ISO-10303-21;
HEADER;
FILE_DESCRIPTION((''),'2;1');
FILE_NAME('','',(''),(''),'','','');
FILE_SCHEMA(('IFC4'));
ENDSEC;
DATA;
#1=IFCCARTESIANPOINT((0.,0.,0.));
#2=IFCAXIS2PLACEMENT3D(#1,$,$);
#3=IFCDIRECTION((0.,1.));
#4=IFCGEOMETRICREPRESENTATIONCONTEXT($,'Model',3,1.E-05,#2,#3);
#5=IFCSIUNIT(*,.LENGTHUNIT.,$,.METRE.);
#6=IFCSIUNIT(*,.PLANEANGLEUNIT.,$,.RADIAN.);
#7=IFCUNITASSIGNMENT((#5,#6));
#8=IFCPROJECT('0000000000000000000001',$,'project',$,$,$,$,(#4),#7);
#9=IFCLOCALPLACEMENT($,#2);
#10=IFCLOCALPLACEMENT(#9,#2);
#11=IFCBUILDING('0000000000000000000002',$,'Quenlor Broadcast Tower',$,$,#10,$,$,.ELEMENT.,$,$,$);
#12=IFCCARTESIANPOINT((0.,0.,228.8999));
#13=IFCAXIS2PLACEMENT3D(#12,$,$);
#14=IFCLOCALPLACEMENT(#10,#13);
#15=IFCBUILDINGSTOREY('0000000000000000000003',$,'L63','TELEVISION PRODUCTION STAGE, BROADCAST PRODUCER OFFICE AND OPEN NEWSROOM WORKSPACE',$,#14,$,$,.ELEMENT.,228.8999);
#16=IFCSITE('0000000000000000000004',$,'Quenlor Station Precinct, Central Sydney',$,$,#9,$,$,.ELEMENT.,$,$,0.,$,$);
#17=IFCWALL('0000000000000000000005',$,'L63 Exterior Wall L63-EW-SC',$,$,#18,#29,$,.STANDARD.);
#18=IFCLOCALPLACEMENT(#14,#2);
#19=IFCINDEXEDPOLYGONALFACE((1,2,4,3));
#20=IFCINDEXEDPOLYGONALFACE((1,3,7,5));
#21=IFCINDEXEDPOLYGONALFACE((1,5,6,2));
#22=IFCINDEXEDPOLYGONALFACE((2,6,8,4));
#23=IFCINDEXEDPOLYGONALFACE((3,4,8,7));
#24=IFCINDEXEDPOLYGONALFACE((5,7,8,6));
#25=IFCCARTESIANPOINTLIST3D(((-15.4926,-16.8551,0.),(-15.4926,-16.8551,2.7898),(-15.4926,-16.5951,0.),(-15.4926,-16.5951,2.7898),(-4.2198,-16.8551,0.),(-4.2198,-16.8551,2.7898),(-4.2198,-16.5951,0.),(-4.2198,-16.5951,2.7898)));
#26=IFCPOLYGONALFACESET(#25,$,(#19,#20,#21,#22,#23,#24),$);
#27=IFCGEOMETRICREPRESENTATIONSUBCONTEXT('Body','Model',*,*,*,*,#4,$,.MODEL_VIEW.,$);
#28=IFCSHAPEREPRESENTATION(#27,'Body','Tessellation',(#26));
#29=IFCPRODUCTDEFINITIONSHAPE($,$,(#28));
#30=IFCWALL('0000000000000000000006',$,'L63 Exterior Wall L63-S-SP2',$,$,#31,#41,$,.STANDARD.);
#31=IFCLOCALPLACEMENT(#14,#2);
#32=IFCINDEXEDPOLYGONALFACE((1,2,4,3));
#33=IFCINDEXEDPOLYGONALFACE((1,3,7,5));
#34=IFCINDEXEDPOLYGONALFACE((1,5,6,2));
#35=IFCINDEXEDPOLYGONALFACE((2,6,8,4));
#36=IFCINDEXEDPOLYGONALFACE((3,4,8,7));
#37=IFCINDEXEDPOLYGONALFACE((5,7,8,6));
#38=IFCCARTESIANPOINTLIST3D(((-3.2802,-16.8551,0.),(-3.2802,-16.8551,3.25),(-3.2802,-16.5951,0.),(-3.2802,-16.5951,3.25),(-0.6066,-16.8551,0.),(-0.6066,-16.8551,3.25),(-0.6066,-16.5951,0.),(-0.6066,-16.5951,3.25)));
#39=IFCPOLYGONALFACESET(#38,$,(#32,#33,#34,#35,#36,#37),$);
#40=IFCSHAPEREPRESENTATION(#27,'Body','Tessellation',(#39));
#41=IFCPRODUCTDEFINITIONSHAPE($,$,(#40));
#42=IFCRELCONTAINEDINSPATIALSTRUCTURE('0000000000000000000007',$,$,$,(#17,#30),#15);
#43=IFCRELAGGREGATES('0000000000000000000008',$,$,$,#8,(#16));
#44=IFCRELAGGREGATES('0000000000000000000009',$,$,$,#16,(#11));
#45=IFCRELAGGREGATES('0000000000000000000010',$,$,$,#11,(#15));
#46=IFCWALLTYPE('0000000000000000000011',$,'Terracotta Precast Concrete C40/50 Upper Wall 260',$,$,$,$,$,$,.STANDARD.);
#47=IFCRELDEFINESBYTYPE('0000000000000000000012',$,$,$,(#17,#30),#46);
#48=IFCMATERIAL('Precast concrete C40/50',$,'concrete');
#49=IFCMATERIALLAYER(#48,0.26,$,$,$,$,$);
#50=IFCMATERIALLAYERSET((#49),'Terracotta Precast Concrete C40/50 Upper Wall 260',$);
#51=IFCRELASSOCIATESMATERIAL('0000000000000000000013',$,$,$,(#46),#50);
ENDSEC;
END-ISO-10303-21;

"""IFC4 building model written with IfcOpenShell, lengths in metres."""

from ifc_helpers import new_model, si_unit, direction, frame, frame_2d, origin, place, context, subcontext, project, spatial, rectangle, extrude, material, layer, layer_set, type_object, element, save


model = new_model("IFC4")

# Units and contexts
model_context = context("Model", 3, precision=1e-05, world=origin(), true_north=direction((0.0, 1.0)))
body_context = subcontext(model_context, "Body", "Model", "MODEL_VIEW")
ifc_project = project(units=[si_unit("LENGTHUNIT", "METRE"), si_unit("PLANEANGLEUNIT", "RADIAN")], contexts=[model_context])

# Site, building, storey
site_placement = place(None, origin())
site = spatial("IfcSite", under=ifc_project, at=site_placement, Name="Quenlor Station Precinct, Central Sydney", CompositionType="ELEMENT", RefElevation=0.0)
building_placement = place(site_placement, origin())
building = spatial("IfcBuilding", under=site, at=building_placement, Name="Quenlor Broadcast Tower", CompositionType="ELEMENT")
storey_placement = place(building_placement, frame((0.0, 0.0, 228.8999)))
storey = spatial("IfcBuildingStorey", under=building, at=storey_placement, Name="L63", Description="TELEVISION PRODUCTION STAGE, BROADCAST PRODUCER OFFICE AND OPEN NEWSROOM WORKSPACE", CompositionType="ELEMENT", Elevation=228.8999)

# Walls
ifc_material_1 = material(Name="Precast concrete C40/50", Category="concrete")
ifc_layer_1 = layer(ifc_material_1, 0.26)
ifc_layer_set_1 = layer_set([ifc_layer_1], Name="Terracotta Precast Concrete C40/50 Upper Wall 260")
wall_type_1 = type_object("IfcWallType", Name="Terracotta Precast Concrete C40/50 Upper Wall 260", PredefinedType="STANDARD", material=ifc_layer_set_1)
wall_1_placement = place(storey_placement, frame((-4.22, -16.7251, 0.0), z_axis=(0.0, 0.0, 1.0), x_axis=(-1.0, 0.0, 0.0)))
element("IfcWall", 1, at=wall_1_placement, inside=storey, type_object=wall_type_1, Name="L63 Exterior Wall L63-EW-SC", PredefinedType="STANDARD", context=body_context, shape_type="SweptSolid", body=[
    extrude(rectangle(XDim=11.2727, YDim=0.26, at=frame_2d((5.6362, 0.0))), origin(), (0.0, 0.0, 1.0), 2.7898),
])
wall_2_placement = place(storey_placement, frame((-0.6064, -16.7251, 0.0), z_axis=(0.0, 0.0, 1.0), x_axis=(-1.0, 0.0, 0.0)))
element("IfcWall", 2, at=wall_2_placement, inside=storey, type_object=wall_type_1, Name="L63 Exterior Wall L63-S-SP2", PredefinedType="STANDARD", context=body_context, shape_type="SweptSolid", body=[
    extrude(rectangle(XDim=2.6736, YDim=0.26, at=frame_2d((1.3369, 0.0))), origin(), (0.0, 0.0, 1.0), 3.25),
])

save(model, "model.ifc")
